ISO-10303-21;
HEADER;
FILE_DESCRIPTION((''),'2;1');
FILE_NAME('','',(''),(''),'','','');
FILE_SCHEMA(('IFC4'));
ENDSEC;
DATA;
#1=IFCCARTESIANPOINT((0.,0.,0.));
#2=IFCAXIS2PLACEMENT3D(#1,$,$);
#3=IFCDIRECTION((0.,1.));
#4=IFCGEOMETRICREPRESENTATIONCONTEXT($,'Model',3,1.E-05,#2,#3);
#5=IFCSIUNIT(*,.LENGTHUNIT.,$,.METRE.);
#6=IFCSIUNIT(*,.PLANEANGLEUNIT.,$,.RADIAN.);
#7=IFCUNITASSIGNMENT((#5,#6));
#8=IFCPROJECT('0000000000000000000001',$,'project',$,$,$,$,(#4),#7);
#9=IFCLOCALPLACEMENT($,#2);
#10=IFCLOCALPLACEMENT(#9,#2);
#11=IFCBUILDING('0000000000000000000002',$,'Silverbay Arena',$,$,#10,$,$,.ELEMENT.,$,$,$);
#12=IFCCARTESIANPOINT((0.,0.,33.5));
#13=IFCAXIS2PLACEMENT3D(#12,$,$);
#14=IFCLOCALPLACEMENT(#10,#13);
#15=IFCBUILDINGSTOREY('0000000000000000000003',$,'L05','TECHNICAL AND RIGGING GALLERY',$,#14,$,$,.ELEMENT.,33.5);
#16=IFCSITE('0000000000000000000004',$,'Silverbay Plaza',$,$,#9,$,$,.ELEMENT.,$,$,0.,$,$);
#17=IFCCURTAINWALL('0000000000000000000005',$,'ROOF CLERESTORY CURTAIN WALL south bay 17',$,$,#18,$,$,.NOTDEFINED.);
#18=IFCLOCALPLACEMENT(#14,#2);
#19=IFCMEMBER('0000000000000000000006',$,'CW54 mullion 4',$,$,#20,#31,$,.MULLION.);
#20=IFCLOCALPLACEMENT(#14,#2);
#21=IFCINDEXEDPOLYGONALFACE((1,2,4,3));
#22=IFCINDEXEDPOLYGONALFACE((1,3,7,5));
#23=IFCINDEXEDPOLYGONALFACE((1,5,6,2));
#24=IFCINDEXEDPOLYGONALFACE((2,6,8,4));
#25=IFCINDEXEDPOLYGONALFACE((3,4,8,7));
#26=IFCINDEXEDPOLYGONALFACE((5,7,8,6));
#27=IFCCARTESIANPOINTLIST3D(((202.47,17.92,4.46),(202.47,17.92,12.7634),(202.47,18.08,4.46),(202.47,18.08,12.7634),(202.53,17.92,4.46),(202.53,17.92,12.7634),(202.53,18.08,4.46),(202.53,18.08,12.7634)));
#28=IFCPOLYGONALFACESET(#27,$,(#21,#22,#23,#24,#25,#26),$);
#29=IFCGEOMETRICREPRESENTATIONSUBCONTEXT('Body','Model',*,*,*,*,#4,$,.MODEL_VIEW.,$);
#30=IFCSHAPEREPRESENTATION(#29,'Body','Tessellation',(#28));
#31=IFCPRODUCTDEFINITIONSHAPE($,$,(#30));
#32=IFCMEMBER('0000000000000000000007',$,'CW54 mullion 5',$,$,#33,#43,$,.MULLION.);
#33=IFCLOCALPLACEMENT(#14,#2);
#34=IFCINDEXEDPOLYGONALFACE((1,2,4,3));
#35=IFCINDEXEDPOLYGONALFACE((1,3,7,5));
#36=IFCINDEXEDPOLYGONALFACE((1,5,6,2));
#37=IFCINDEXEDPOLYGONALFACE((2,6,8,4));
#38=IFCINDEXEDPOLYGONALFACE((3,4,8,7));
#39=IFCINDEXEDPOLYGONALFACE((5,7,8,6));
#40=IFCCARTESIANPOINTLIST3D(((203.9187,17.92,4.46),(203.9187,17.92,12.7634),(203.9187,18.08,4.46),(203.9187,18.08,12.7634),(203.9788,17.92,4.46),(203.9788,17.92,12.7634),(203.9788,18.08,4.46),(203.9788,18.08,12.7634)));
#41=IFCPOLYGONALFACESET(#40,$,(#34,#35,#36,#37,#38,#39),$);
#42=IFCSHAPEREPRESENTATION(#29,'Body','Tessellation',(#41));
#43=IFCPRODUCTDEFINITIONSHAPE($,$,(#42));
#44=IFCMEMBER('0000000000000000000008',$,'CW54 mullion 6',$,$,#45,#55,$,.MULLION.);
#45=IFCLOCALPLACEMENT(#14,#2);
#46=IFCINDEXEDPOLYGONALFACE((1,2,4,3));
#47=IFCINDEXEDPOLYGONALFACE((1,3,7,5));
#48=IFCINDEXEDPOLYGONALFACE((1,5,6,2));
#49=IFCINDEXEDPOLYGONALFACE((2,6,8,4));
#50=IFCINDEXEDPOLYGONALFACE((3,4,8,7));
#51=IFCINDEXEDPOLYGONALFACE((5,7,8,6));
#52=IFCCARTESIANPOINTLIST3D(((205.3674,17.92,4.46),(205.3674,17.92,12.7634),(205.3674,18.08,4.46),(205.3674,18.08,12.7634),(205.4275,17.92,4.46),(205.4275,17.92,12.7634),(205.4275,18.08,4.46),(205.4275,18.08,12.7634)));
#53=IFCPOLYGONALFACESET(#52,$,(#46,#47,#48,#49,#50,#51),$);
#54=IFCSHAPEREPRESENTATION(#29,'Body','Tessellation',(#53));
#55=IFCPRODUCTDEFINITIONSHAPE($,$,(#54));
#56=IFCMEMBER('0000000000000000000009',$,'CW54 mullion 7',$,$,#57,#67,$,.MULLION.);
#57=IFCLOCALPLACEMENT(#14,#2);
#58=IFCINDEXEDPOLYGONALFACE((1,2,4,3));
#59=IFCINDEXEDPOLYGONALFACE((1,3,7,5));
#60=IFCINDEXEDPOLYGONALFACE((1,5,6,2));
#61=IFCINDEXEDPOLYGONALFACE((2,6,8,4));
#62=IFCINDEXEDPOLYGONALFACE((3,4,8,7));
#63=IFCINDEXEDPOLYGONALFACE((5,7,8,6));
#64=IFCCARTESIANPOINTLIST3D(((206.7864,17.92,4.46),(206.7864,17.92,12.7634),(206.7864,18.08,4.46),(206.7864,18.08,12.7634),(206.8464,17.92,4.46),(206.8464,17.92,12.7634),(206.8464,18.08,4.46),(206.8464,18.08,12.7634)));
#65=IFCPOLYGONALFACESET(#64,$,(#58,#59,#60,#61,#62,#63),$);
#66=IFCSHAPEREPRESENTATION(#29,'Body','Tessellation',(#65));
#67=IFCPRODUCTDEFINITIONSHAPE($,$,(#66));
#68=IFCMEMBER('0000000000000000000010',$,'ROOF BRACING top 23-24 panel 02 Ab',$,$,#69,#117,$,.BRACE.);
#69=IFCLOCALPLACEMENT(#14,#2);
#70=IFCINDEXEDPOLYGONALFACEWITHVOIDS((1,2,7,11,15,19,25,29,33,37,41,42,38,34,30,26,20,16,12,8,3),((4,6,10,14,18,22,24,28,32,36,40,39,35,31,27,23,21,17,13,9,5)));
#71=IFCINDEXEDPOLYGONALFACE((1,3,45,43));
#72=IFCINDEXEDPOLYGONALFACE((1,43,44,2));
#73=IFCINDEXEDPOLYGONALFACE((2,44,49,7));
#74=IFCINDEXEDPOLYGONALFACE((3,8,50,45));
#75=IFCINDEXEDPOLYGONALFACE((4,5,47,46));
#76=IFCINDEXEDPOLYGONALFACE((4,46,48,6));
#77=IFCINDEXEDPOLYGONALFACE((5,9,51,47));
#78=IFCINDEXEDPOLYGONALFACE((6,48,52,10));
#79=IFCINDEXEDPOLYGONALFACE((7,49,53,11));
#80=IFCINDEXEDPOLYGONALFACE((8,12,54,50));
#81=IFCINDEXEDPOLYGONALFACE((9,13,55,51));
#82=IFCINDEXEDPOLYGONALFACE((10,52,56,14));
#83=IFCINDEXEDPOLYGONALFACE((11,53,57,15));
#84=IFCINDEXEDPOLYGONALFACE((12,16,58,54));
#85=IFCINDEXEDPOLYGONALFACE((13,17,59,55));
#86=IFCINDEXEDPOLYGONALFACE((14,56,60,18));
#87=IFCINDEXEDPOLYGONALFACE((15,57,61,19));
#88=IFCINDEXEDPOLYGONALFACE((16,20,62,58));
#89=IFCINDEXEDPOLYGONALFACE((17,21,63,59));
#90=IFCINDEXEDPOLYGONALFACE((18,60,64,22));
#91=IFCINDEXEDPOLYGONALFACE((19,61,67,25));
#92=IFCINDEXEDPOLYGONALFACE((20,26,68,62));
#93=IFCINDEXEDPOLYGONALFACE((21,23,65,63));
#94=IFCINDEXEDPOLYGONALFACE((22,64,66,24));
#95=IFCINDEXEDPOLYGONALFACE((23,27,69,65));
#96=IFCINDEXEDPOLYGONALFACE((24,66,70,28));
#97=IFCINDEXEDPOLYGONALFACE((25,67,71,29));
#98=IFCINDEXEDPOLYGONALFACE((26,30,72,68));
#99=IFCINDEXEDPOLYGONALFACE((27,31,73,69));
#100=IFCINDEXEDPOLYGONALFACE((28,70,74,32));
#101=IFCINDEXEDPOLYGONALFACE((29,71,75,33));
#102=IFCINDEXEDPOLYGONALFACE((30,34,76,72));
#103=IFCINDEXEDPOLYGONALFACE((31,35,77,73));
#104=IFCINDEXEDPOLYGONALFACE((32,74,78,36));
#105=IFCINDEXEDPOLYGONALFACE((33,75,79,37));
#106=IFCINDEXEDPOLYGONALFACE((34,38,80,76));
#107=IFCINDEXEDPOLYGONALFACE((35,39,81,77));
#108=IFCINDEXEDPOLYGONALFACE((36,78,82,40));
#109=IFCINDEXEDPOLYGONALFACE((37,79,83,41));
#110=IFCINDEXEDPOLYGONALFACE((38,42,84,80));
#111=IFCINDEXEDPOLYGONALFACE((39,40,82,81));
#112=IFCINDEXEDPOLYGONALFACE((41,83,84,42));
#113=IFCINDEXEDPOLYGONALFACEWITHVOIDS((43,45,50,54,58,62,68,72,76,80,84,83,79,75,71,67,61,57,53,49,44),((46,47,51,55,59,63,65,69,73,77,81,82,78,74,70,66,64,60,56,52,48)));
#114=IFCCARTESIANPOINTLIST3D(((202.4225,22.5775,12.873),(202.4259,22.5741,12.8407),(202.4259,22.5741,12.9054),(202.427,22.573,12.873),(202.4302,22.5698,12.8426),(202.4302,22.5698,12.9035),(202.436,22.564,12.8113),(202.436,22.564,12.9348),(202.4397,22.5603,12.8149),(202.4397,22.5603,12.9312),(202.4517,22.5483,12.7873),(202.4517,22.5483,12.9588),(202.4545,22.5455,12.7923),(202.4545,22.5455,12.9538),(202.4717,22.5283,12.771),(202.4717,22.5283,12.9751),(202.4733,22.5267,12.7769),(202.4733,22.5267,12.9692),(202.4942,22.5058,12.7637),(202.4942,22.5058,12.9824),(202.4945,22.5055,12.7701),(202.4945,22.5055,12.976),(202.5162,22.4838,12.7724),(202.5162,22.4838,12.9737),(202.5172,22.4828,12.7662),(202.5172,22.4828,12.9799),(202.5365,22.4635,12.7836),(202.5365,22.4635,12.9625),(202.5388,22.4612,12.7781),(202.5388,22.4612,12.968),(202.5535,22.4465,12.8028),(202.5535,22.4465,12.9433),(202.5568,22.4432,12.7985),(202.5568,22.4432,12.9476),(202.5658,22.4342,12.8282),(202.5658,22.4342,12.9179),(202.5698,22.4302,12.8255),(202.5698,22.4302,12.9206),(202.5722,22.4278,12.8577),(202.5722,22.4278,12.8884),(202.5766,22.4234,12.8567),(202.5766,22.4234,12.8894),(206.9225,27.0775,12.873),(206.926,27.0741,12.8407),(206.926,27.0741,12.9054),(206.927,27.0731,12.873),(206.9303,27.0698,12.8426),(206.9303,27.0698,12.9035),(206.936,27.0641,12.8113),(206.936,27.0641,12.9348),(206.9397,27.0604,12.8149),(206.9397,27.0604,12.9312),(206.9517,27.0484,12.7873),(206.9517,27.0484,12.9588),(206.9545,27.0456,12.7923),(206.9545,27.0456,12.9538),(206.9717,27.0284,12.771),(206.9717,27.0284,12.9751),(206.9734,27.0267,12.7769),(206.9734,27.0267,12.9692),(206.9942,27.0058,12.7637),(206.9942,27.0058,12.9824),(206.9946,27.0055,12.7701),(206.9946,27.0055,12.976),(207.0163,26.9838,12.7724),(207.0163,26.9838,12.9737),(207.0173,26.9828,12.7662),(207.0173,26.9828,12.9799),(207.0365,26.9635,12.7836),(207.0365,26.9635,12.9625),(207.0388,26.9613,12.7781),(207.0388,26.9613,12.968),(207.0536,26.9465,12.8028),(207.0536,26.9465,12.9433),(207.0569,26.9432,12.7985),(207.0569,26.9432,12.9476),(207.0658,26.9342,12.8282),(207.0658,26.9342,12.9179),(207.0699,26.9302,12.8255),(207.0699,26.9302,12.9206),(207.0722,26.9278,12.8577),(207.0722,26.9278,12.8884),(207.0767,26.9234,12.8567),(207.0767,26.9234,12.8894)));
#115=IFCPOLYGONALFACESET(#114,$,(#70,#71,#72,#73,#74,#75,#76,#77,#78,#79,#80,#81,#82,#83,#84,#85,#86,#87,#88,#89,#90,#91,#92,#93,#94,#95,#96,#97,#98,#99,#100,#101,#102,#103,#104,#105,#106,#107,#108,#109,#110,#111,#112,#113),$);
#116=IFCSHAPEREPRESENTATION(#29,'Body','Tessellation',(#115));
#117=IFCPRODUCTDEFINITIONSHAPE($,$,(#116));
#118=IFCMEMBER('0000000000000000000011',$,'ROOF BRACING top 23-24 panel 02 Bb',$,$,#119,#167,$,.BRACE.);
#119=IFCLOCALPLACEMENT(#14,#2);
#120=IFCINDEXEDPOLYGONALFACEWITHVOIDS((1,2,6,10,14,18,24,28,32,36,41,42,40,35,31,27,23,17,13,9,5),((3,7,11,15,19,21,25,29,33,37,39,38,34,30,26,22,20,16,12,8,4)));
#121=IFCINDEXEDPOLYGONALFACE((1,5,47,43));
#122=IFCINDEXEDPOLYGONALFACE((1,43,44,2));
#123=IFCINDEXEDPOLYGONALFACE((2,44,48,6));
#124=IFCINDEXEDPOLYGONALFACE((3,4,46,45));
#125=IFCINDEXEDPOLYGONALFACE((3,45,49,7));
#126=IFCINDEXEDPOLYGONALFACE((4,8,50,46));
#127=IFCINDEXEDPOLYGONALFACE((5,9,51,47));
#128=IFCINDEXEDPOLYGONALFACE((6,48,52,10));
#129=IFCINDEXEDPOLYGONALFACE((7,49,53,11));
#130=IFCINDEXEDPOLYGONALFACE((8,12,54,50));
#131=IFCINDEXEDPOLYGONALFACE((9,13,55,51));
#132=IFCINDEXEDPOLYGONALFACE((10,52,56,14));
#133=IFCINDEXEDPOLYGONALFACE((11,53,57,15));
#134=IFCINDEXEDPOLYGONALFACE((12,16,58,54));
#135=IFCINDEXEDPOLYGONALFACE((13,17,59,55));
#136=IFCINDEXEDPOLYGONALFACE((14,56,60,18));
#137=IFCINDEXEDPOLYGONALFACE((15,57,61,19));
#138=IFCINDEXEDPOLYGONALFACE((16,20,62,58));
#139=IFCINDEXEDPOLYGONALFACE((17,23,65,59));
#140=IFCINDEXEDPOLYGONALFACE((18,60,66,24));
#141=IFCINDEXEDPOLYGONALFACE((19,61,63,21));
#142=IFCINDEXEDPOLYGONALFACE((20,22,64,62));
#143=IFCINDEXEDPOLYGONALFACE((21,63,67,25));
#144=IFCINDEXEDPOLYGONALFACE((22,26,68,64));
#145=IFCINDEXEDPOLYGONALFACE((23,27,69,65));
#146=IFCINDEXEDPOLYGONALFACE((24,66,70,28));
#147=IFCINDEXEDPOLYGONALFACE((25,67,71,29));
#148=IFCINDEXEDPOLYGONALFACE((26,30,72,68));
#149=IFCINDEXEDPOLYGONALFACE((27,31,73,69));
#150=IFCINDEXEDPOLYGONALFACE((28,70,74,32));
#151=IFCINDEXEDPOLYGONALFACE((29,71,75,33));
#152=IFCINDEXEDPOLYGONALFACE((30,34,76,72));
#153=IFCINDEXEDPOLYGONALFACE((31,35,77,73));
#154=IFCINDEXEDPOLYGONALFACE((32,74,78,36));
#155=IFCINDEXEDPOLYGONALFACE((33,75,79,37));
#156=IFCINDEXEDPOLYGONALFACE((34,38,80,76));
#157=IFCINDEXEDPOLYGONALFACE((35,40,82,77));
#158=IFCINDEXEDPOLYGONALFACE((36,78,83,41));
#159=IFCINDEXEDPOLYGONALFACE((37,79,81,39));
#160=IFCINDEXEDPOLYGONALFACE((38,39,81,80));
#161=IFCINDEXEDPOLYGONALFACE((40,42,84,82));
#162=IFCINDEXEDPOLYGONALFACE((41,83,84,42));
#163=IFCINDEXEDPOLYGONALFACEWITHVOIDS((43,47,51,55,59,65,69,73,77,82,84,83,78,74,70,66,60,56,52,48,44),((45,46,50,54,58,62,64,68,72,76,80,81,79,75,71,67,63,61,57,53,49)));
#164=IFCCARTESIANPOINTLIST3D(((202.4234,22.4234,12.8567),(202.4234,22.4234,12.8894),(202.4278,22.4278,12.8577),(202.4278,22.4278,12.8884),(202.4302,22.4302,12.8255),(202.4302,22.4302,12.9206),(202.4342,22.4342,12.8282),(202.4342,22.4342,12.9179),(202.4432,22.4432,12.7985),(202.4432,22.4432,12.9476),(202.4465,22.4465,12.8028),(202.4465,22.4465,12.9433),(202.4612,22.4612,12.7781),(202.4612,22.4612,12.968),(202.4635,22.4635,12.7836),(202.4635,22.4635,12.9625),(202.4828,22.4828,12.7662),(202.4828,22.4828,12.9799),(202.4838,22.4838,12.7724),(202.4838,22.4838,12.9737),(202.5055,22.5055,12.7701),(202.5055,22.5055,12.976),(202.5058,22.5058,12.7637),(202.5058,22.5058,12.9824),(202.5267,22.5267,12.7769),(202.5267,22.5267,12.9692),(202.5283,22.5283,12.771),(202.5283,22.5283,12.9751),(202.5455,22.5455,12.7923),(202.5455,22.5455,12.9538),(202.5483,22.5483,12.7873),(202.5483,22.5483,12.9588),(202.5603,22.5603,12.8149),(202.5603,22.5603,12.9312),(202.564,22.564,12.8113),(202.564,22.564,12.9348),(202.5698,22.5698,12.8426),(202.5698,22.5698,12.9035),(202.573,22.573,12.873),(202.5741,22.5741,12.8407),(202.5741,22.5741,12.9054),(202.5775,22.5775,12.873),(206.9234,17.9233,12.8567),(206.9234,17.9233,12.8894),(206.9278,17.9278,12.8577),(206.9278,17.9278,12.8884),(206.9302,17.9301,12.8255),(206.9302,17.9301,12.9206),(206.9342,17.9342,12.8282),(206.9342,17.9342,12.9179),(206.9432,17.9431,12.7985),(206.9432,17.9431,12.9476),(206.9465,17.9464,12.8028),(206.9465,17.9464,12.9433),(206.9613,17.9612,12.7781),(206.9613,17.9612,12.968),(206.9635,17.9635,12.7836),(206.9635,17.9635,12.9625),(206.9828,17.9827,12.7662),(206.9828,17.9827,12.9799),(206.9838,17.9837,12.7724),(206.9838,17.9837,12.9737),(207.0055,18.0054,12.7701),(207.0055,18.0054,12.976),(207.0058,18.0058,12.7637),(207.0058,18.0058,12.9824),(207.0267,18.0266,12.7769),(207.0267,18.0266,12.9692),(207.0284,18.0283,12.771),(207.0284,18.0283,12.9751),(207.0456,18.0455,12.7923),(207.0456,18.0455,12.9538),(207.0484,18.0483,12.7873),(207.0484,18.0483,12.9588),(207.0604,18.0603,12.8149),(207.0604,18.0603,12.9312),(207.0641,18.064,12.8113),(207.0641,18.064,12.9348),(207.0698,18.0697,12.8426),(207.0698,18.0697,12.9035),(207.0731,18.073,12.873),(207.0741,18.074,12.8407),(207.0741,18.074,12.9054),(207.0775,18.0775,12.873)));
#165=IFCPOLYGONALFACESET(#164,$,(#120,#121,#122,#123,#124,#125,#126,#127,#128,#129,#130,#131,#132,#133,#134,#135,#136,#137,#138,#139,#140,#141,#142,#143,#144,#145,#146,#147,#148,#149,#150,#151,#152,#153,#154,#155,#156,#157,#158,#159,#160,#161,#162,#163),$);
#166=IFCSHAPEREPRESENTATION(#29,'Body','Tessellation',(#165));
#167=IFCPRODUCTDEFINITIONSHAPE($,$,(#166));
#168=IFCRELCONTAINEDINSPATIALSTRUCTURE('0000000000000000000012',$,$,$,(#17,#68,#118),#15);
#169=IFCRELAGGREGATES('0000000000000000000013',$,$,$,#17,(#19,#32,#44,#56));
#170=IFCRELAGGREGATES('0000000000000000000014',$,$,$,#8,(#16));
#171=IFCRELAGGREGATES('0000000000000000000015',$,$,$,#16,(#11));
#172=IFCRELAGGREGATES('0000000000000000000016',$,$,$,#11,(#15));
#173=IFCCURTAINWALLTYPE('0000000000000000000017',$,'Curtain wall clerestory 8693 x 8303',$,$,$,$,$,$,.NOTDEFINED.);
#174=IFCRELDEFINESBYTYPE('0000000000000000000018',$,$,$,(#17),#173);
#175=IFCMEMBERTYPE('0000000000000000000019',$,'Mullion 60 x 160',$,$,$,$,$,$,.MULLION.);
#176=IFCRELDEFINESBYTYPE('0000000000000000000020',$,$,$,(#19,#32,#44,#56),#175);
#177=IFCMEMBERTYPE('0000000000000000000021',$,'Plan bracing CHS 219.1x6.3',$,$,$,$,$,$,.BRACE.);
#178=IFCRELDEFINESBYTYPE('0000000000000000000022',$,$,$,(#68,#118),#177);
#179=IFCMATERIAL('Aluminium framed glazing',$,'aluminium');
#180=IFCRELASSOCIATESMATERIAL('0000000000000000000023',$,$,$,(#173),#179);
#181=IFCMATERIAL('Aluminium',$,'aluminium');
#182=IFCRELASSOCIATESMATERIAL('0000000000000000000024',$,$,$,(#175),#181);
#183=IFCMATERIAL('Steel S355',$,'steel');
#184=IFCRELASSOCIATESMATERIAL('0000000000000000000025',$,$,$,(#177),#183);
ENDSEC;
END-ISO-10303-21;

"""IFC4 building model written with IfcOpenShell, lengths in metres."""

from ifc_helpers import new_model, si_unit, direction, frame, origin, origin_2d, place, context, subcontext, project, spatial, rectangle, hollow_circle, extrude, material, material_profile, profile_set, type_object, element, aggregate, save


model = new_model("IFC4")

# Units and contexts
model_context = context("Model", 3, precision=1e-05, world=origin(), true_north=direction((0.0, 1.0)))
body_context = subcontext(model_context, "Body", "Model", "MODEL_VIEW")
ifc_project = project(units=[si_unit("LENGTHUNIT", "METRE"), si_unit("PLANEANGLEUNIT", "RADIAN")], contexts=[model_context])

# Site, building, storey
site_placement = place(None, origin())
site = spatial("IfcSite", under=ifc_project, at=site_placement, Name="Silverbay Plaza", CompositionType="ELEMENT", RefElevation=0.0)
building_placement = place(site_placement, origin())
building = spatial("IfcBuilding", under=site, at=building_placement, Name="Silverbay Arena", CompositionType="ELEMENT")
storey_placement = place(building_placement, frame((0.0, 0.0, 33.5)))
storey = spatial("IfcBuildingStorey", under=building, at=storey_placement, Name="L05", Description="TECHNICAL AND RIGGING GALLERY", CompositionType="ELEMENT", Elevation=33.5)

# Curtain wall, members
ifc_material_1 = material(Name="Aluminium framed glazing", Category="aluminium")
curtain_wall_type = type_object("IfcCurtainWallType", Name="Curtain wall clerestory 8693 x 8303", PredefinedType="NOTDEFINED", material=ifc_material_1)
curtain_wall_placement = place(storey_placement, origin())
curtain_wall = element("IfcCurtainWall", 1, at=curtain_wall_placement, inside=storey, type_object=curtain_wall_type, Name="ROOF CLERESTORY CURTAIN WALL south bay 17", PredefinedType="NOTDEFINED")
ifc_material_2 = material(Name="Aluminium", Category="aluminium")
ifc_material_profile_1 = material_profile(ifc_material_2, rectangle(XDim=0.1599, YDim=0.0601, at=origin_2d()), Name="Mullion 60 x 160")
ifc_profile_set_1 = profile_set([ifc_material_profile_1], Name="Aluminium")
member_type_1 = type_object("IfcMemberType", Name="Mullion 60 x 160", PredefinedType="MULLION", material=ifc_profile_set_1)
member_1_placement = place(storey_placement, frame((202.5, 18.0, 4.46), z_axis=(0.0, 0.0, 1.0), x_axis=(0.0, 1.0, 0.0)))
member_1 = element("IfcMember", 2, at=member_1_placement, type_object=member_type_1, Name="CW54 mullion 4", PredefinedType="MULLION", context=body_context, shape_type="SweptSolid", body=[
    extrude(rectangle(XDim=0.1599, YDim=0.0601, at=origin_2d()), origin(), (0.0, 0.0, 1.0), 8.3035),
])
member_2_placement = place(storey_placement, frame((203.9487, 18.0, 4.46), z_axis=(0.0, 0.0, 1.0), x_axis=(0.0, 1.0, 0.0)))
member_2 = element("IfcMember", 3, at=member_2_placement, type_object=member_type_1, Name="CW54 mullion 5", PredefinedType="MULLION", context=body_context, shape_type="SweptSolid", body=[
    extrude(rectangle(XDim=0.1599, YDim=0.0601, at=origin_2d()), origin(), (0.0, 0.0, 1.0), 8.3035),
])
member_3_placement = place(storey_placement, frame((205.3975, 18.0, 4.46), z_axis=(0.0, 0.0, 1.0), x_axis=(0.0, 1.0, 0.0)))
member_3 = element("IfcMember", 4, at=member_3_placement, type_object=member_type_1, Name="CW54 mullion 6", PredefinedType="MULLION", context=body_context, shape_type="SweptSolid", body=[
    extrude(rectangle(XDim=0.1599, YDim=0.0601, at=origin_2d()), origin(), (0.0, 0.0, 1.0), 8.3035),
])
member_4_placement = place(storey_placement, frame((206.8164, 18.0, 4.46), z_axis=(0.0, 0.0, 1.0), x_axis=(0.0, 1.0, 0.0)))
member_4 = element("IfcMember", 5, at=member_4_placement, type_object=member_type_1, Name="CW54 mullion 7", PredefinedType="MULLION", context=body_context, shape_type="SweptSolid", body=[
    extrude(rectangle(XDim=0.1599, YDim=0.0601, at=origin_2d()), origin(), (0.0, 0.0, 1.0), 8.3035),
])

# Members
ifc_material_3 = material(Name="Steel S355", Category="steel")
ifc_material_profile_2 = material_profile(ifc_material_3, hollow_circle(Radius=0.1096, WallThickness=0.0063, at=origin_2d()), Name="CHS 219.1x6.3")
ifc_profile_set_2 = profile_set([ifc_material_profile_2], Name="Steel S355")
member_type_2 = type_object("IfcMemberType", Name="Plan bracing CHS 219.1x6.3", PredefinedType="BRACE", material=ifc_profile_set_2)
for number, where, z_axis, x_axis, name in (
    (6, (202.5, 22.5, 12.873), (0.707107, 0.707107, 0.0), (-0.707107, 0.707107, 0.0), "ROOF BRACING top 23-24 panel 02 Ab"),
    (7, (202.5, 22.5, 12.873), (0.707107, -0.707107, 0.0), (0.707107, 0.707107, 0.0), "ROOF BRACING top 23-24 panel 02 Bb"),
):
    element("IfcMember", number, at=place(storey_placement, frame(where, z_axis=z_axis, x_axis=x_axis)), inside=storey, type_object=member_type_2, Name=name, PredefinedType="BRACE", context=body_context, shape_type="SweptSolid", body=[
        extrude(hollow_circle(Radius=0.1096, WallThickness=0.0063, at=origin_2d()), origin(), (0.0, 0.0, 1.0), 6.364),
    ])

aggregate(curtain_wall, [member_1, member_2, member_3, member_4])

save(model, "model.ifc")
